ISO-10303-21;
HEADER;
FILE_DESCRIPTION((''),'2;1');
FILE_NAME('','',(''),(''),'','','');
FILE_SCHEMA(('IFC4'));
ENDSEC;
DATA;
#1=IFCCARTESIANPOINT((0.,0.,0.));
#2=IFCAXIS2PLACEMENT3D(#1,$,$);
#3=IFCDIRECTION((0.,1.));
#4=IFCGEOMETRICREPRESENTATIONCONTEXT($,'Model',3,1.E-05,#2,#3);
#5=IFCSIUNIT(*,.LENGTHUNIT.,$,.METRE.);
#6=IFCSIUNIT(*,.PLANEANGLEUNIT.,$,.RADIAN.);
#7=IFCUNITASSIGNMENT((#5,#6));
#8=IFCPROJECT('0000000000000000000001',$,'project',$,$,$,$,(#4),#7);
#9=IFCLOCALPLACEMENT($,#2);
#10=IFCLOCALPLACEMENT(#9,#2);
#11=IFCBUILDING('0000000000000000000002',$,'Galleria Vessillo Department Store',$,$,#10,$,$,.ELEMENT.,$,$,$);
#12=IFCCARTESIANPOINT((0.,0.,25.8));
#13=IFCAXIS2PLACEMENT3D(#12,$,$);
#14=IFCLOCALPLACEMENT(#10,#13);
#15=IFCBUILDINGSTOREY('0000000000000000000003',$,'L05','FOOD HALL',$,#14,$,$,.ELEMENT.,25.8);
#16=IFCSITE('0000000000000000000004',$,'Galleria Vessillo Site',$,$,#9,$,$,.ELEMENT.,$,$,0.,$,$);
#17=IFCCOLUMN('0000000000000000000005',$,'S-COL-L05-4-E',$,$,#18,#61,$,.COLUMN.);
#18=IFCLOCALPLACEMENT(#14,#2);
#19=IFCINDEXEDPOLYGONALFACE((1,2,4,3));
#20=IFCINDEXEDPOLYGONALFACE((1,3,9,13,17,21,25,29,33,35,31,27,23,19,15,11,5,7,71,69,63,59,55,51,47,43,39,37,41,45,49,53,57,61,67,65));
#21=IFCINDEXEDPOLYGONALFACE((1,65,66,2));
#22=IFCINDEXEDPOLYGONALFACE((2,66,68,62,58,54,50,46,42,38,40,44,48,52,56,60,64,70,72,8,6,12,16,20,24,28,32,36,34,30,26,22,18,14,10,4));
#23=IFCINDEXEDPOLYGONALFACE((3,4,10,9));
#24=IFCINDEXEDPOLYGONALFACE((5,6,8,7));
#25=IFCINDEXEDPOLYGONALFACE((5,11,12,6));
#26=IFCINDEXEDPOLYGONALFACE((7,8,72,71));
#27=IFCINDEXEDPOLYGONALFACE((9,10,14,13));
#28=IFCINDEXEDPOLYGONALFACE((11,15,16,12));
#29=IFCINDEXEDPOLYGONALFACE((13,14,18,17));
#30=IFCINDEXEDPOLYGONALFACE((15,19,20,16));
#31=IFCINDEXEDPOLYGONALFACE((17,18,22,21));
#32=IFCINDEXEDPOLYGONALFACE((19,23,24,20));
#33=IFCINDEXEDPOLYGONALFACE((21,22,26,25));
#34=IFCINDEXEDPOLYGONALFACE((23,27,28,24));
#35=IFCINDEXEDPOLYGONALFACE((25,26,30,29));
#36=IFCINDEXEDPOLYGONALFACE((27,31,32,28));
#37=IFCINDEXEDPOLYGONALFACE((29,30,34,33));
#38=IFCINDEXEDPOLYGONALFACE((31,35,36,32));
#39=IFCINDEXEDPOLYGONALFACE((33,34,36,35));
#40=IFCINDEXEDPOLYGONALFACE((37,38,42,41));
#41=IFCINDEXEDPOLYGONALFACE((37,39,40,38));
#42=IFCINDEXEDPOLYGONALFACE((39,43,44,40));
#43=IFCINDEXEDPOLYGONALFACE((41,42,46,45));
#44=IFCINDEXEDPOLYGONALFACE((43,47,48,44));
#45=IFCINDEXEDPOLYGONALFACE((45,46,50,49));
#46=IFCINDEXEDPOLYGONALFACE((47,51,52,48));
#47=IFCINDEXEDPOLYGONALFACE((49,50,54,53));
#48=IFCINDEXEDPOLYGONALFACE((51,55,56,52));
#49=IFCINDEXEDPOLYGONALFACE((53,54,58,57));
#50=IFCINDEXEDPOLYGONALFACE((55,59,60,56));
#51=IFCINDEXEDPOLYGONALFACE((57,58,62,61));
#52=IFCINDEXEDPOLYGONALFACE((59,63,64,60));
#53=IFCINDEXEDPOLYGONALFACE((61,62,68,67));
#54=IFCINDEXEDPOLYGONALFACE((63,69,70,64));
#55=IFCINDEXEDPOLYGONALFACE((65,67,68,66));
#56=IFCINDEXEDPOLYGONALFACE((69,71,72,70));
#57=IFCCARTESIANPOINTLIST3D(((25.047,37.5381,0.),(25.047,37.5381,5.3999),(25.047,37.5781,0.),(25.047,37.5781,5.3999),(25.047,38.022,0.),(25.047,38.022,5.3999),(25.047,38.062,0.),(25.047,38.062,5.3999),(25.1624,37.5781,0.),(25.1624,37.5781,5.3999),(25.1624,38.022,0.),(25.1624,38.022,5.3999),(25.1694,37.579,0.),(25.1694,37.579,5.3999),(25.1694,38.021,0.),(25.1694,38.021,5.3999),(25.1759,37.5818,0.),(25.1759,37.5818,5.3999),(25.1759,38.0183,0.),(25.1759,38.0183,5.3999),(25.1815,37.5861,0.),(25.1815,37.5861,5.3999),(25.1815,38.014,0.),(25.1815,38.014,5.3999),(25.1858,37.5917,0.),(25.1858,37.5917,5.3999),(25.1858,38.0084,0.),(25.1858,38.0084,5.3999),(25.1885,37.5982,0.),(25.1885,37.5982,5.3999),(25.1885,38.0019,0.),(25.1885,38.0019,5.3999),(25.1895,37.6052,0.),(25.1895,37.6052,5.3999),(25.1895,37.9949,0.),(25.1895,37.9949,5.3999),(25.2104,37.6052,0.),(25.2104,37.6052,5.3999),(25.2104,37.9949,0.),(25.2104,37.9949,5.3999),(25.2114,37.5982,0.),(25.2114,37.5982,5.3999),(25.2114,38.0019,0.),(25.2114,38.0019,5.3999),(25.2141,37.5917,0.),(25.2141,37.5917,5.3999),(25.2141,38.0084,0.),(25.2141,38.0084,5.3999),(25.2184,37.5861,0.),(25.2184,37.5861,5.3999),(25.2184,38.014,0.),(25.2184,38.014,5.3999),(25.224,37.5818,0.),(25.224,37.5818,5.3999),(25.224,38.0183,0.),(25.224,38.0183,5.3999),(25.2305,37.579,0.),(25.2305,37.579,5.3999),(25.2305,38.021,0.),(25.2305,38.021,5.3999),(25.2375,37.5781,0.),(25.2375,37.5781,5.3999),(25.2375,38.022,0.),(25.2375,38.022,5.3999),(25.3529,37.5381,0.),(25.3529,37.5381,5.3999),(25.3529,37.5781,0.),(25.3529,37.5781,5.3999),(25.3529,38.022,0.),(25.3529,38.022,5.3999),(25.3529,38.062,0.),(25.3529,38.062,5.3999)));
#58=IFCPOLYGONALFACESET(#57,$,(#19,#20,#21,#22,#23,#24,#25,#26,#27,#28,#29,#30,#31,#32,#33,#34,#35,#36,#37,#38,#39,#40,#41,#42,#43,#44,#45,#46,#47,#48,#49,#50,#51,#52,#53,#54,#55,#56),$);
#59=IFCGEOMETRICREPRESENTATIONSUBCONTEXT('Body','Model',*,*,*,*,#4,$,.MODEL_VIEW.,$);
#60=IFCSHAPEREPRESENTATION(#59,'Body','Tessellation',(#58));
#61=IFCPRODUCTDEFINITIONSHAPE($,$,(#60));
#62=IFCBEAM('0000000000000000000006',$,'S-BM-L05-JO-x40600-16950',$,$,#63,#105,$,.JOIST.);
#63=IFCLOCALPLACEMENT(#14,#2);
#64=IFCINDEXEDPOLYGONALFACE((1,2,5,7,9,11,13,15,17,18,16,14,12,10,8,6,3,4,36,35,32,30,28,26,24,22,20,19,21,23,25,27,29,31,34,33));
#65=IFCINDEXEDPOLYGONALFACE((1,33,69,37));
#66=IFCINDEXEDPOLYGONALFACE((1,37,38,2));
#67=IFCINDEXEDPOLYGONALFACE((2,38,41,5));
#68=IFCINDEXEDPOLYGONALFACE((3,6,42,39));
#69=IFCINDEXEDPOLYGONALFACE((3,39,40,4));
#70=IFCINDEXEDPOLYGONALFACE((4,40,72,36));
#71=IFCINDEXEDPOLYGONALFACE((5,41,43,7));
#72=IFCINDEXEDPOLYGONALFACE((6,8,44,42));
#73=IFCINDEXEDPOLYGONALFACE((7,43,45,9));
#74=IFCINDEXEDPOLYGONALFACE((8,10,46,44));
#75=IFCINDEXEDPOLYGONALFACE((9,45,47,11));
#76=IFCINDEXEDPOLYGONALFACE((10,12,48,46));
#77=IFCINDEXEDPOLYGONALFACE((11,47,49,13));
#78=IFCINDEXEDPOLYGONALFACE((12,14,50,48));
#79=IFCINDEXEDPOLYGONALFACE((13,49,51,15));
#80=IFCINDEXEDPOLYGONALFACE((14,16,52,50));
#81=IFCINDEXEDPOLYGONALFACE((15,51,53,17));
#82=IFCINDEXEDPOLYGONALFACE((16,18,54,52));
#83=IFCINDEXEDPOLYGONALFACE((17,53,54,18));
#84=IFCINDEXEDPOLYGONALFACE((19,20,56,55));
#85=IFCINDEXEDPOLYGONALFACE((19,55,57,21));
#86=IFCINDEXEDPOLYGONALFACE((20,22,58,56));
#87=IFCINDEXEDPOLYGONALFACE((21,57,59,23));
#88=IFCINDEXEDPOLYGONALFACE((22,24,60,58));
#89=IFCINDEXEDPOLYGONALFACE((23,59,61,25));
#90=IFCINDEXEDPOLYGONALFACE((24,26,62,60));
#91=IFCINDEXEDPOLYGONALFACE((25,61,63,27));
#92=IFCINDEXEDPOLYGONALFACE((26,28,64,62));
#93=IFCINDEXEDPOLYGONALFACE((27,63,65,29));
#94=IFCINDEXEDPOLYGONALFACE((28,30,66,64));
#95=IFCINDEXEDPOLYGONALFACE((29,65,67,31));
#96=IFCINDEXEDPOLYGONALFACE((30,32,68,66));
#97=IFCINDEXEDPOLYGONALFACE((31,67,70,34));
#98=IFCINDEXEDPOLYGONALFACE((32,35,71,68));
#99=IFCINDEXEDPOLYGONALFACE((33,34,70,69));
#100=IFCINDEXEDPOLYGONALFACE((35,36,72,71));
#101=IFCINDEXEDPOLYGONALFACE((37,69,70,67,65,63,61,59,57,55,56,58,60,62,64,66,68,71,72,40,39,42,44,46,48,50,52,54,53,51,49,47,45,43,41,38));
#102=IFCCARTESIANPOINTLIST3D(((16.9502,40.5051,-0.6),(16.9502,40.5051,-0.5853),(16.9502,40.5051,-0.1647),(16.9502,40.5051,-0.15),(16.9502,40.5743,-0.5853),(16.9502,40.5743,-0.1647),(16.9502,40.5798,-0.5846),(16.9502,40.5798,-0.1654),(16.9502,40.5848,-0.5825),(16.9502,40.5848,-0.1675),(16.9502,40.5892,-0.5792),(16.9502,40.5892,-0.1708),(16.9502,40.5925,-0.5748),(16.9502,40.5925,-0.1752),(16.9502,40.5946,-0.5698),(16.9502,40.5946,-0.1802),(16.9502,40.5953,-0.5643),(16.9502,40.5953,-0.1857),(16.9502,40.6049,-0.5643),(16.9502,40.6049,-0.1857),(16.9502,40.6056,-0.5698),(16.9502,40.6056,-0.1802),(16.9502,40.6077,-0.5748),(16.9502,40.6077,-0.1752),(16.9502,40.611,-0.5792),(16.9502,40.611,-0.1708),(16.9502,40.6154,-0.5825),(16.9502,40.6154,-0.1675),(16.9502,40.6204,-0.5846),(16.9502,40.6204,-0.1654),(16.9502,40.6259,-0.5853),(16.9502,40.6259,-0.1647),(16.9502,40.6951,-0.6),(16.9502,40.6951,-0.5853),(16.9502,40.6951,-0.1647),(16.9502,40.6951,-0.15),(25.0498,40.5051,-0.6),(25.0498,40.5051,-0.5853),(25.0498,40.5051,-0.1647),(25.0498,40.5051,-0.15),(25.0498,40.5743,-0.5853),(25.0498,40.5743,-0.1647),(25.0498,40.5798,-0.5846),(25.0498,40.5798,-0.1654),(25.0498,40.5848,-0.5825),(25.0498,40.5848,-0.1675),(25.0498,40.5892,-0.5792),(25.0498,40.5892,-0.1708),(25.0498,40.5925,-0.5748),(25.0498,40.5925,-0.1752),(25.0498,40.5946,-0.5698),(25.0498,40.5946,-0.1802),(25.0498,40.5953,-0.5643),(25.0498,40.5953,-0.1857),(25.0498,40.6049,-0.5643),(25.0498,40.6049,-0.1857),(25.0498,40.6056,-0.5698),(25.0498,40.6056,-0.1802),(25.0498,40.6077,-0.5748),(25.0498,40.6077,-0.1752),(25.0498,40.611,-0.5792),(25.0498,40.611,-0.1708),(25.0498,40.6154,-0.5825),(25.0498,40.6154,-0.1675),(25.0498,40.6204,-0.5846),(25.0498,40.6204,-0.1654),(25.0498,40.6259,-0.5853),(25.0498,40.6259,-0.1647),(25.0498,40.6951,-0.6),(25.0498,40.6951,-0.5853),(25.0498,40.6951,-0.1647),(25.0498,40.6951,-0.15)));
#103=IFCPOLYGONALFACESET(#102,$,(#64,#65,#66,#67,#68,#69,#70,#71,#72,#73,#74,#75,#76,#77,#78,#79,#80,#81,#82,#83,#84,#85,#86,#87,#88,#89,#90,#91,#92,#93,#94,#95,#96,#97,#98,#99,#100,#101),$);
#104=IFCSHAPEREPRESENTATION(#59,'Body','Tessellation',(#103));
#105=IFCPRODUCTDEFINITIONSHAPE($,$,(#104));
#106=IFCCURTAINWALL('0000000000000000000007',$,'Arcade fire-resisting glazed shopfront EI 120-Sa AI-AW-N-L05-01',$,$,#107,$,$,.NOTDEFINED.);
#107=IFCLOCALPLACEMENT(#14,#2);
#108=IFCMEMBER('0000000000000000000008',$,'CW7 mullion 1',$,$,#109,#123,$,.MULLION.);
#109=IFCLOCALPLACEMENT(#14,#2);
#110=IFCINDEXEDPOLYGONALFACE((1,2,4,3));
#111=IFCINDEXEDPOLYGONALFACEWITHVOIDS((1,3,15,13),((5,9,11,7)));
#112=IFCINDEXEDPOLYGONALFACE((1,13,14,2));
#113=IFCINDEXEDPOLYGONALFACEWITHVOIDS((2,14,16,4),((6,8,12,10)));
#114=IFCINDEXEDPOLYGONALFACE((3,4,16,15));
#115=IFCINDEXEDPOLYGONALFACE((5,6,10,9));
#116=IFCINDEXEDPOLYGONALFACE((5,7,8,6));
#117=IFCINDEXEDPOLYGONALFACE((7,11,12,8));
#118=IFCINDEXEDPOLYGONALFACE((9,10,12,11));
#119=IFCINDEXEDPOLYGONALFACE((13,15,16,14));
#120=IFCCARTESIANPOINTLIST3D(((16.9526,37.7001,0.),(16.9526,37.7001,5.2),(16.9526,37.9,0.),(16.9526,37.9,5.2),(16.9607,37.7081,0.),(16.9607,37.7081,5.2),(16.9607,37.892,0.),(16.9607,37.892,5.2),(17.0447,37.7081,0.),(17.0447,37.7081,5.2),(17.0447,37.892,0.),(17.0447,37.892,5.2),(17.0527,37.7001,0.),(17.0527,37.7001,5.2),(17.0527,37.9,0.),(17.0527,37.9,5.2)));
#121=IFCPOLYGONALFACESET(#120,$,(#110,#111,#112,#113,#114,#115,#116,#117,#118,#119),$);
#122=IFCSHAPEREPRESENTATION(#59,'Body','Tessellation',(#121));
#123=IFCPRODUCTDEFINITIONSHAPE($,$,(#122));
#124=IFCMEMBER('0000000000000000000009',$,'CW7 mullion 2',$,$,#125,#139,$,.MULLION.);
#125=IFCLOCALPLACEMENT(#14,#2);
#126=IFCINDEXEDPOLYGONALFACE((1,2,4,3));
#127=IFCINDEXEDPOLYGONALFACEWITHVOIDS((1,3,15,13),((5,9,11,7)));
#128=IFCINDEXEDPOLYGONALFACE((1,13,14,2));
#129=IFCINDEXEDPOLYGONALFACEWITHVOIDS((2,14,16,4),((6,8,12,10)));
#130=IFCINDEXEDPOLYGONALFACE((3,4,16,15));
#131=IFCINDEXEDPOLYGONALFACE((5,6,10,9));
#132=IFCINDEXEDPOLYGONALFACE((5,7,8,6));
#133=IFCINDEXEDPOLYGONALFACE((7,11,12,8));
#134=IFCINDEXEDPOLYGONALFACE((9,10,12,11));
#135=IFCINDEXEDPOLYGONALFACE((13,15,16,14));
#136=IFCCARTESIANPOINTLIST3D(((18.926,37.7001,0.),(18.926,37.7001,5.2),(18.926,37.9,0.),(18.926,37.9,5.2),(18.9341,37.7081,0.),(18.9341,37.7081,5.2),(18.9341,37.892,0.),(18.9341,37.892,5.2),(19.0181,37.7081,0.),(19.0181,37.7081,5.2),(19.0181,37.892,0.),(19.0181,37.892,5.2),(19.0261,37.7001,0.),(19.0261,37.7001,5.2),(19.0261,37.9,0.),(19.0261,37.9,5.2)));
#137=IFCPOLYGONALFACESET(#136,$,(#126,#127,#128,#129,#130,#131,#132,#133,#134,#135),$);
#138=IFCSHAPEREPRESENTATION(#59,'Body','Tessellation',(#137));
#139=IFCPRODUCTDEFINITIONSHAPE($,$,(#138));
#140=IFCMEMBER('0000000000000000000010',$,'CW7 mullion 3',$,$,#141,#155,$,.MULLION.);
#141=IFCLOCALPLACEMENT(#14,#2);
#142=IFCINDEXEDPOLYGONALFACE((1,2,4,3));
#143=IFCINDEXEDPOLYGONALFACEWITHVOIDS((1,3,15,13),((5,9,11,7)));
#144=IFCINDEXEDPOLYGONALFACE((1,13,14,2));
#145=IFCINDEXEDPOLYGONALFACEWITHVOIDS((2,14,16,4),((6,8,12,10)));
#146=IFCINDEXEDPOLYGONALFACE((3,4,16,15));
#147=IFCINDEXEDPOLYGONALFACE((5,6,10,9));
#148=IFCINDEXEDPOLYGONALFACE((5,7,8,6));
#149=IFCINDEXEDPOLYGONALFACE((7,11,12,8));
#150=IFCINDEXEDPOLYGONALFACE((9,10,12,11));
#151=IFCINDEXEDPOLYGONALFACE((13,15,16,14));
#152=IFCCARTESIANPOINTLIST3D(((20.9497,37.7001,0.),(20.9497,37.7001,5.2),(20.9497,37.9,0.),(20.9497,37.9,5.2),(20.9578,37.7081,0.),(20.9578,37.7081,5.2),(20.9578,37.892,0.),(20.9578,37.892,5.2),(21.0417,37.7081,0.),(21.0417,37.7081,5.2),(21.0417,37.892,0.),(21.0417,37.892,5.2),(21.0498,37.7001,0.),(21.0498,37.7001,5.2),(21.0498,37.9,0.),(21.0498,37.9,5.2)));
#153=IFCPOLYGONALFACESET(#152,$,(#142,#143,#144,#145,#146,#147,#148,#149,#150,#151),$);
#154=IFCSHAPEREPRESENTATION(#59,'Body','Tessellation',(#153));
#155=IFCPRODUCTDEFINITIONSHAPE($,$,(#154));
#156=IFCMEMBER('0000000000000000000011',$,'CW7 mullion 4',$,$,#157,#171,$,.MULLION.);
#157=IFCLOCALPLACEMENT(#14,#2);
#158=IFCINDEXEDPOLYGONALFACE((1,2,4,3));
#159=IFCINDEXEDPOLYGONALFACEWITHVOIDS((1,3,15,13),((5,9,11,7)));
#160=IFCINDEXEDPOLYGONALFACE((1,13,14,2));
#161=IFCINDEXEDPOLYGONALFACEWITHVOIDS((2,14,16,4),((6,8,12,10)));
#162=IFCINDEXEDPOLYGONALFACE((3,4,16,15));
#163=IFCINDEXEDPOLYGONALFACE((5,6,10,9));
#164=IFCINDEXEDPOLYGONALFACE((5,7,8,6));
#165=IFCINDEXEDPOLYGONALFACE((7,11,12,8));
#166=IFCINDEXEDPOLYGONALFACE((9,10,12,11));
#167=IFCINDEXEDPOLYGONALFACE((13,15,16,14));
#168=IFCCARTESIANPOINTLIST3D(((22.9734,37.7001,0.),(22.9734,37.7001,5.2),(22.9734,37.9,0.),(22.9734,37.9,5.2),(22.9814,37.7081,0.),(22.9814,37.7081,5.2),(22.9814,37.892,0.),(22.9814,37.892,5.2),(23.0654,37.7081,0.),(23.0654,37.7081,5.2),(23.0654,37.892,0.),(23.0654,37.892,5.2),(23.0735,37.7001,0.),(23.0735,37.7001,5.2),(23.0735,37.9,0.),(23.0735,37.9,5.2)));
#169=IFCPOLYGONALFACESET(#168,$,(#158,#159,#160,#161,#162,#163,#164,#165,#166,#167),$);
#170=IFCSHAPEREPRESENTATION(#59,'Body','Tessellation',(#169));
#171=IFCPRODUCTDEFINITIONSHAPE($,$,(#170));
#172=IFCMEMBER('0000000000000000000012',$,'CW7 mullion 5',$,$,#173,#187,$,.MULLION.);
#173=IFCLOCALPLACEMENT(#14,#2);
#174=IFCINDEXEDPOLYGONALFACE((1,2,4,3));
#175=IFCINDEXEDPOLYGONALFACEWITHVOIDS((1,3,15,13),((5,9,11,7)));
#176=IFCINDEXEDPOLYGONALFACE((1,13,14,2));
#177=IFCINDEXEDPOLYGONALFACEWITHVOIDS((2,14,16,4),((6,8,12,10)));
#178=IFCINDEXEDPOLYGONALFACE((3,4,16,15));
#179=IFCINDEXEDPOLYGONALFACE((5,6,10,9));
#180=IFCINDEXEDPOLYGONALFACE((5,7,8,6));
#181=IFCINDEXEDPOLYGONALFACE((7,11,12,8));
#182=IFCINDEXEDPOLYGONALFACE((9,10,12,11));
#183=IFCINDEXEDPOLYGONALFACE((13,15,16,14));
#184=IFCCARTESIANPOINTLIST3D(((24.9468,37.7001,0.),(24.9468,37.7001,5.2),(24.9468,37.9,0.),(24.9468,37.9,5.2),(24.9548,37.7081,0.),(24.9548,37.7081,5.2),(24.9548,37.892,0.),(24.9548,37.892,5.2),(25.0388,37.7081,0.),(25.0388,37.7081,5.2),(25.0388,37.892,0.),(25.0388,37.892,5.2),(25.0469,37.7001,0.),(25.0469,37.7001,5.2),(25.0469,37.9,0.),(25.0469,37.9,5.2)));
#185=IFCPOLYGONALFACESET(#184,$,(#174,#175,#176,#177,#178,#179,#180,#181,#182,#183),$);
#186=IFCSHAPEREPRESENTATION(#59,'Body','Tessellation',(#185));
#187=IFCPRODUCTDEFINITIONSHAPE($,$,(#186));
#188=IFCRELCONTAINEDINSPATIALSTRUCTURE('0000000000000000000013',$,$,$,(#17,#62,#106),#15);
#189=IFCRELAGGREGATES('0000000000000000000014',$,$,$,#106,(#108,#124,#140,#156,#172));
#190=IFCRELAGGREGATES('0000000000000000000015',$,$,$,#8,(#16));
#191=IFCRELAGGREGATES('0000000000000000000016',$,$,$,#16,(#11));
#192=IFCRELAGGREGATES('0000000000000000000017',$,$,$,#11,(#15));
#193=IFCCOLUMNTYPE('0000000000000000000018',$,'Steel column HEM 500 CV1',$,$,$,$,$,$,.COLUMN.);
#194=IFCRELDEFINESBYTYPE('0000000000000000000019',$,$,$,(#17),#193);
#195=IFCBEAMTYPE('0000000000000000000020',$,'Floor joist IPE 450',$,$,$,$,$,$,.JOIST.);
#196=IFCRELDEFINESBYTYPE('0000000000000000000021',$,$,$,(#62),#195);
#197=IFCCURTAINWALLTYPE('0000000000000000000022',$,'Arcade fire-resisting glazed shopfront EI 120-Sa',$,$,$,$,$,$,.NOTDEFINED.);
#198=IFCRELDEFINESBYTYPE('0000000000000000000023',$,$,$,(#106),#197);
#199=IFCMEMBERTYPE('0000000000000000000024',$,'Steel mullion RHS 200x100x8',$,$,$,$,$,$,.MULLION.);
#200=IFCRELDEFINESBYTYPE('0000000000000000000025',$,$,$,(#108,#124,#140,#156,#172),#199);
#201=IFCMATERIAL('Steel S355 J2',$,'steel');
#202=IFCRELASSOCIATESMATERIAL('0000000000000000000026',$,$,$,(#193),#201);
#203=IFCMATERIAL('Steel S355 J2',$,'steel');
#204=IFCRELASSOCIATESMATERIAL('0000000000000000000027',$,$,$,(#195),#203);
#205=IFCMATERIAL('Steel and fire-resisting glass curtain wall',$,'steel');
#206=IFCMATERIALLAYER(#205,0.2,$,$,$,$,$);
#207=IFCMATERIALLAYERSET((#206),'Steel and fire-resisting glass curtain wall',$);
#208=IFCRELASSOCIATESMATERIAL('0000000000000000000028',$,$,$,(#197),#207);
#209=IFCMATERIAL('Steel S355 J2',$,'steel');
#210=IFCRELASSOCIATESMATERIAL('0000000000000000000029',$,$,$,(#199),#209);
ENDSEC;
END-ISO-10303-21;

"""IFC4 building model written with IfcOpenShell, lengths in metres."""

from ifc_helpers import new_model, si_unit, direction, frame, origin, origin_2d, place, context, subcontext, project, spatial, hollow_rectangle, i_section, extrude, material, layer, layer_set, material_profile, profile_set, type_object, element, aggregate, save


model = new_model("IFC4")

# Units and contexts
model_context = context("Model", 3, precision=1e-05, world=origin(), true_north=direction((0.0, 1.0)))
body_context = subcontext(model_context, "Body", "Model", "MODEL_VIEW")
ifc_project = project(units=[si_unit("LENGTHUNIT", "METRE"), si_unit("PLANEANGLEUNIT", "RADIAN")], contexts=[model_context])

# Site, building, storey
site_placement = place(None, origin())
site = spatial("IfcSite", under=ifc_project, at=site_placement, Name="Galleria Vessillo Site", CompositionType="ELEMENT", RefElevation=0.0)
building_placement = place(site_placement, origin())
building = spatial("IfcBuilding", under=site, at=building_placement, Name="Galleria Vessillo Department Store", CompositionType="ELEMENT")
storey_placement = place(building_placement, frame((0.0, 0.0, 25.8)))
storey = spatial("IfcBuildingStorey", under=building, at=storey_placement, Name="L05", Description="FOOD HALL", CompositionType="ELEMENT", Elevation=25.8)

# Column
ifc_material_1 = material(Name="Steel S355 J2", Category="steel")
ifc_material_profile_1 = material_profile(ifc_material_1, i_section(OverallWidth=0.3059, OverallDepth=0.5239, WebThickness=0.021, FlangeThickness=0.04, FilletRadius=0.0271, at=origin_2d()), Name="HEM 500")
ifc_profile_set_1 = profile_set([ifc_material_profile_1], Name="Steel S355 J2")
column_type = type_object("IfcColumnType", Name="Steel column HEM 500 CV1", PredefinedType="COLUMN", material=ifc_profile_set_1)
column_placement = place(storey_placement, frame((25.2, 37.8, 0.0), z_axis=(0.0, 0.0, 1.0), x_axis=(1.0, 0.0, 0.0)))
element("IfcColumn", 1, at=column_placement, inside=storey, type_object=column_type, Name="S-COL-L05-4-E", PredefinedType="COLUMN", context=body_context, shape_type="SweptSolid", body=[
    extrude(i_section(OverallWidth=0.3059, OverallDepth=0.5239, WebThickness=0.021, FlangeThickness=0.04, FilletRadius=0.0271, at=origin_2d()), origin(), (0.0, 0.0, 1.0), 5.3999),
])

# Beam
ifc_material_2 = material(Name="Steel S355 J2", Category="steel")
ifc_material_profile_2 = material_profile(ifc_material_2, i_section(OverallWidth=0.1899, OverallDepth=0.45, WebThickness=0.0095, FlangeThickness=0.0146, FilletRadius=0.021, at=origin_2d()), Name="IPE 450")
ifc_profile_set_2 = profile_set([ifc_material_profile_2], Name="Steel S355 J2")
beam_type = type_object("IfcBeamType", Name="Floor joist IPE 450", PredefinedType="JOIST", material=ifc_profile_set_2)
beam_placement = place(storey_placement, frame((16.9502, 40.6001, -0.375), z_axis=(1.0, 0.0, 0.0), x_axis=(0.0, 1.0, 0.0)))
element("IfcBeam", 2, at=beam_placement, inside=storey, type_object=beam_type, Name="S-BM-L05-JO-x40600-16950", PredefinedType="JOIST", context=body_context, shape_type="SweptSolid", body=[
    extrude(i_section(OverallWidth=0.1899, OverallDepth=0.45, WebThickness=0.0095, FlangeThickness=0.0146, FilletRadius=0.021, at=origin_2d()), origin(), (0.0, 0.0, 1.0), 8.0996),
])

# Curtain wall, members
ifc_material_3 = material(Name="Steel and fire-resisting glass curtain wall", Category="steel")
ifc_layer_1 = layer(ifc_material_3, 0.2)
ifc_layer_set_1 = layer_set([ifc_layer_1], Name="Steel and fire-resisting glass curtain wall")
curtain_wall_type = type_object("IfcCurtainWallType", Name="Arcade fire-resisting glazed shopfront EI 120-Sa", PredefinedType="NOTDEFINED", material=ifc_layer_set_1)
curtain_wall_placement = place(storey_placement, origin())
curtain_wall = element("IfcCurtainWall", 3, at=curtain_wall_placement, inside=storey, type_object=curtain_wall_type, Name="Arcade fire-resisting glazed shopfront EI 120-Sa AI-AW-N-L05-01", PredefinedType="NOTDEFINED")
ifc_material_4 = material(Name="Steel S355 J2", Category="steel")
ifc_material_profile_3 = material_profile(ifc_material_4, hollow_rectangle(XDim=0.2, YDim=0.1001, WallThickness=0.0081, at=origin_2d()), Name="RHS 200x100x8")
ifc_profile_set_3 = profile_set([ifc_material_profile_3], Name="Steel S355 J2")
member_type_1 = type_object("IfcMemberType", Name="Steel mullion RHS 200x100x8", PredefinedType="MULLION", material=ifc_profile_set_3)
member_1_placement = place(storey_placement, frame((17.0027, 37.8, 0.0), z_axis=(0.0, 0.0, 1.0), x_axis=(0.0, 1.0, 0.0)))
member_1 = element("IfcMember", 4, at=member_1_placement, type_object=member_type_1, Name="CW7 mullion 1", PredefinedType="MULLION", context=body_context, shape_type="SweptSolid", body=[
    extrude(hollow_rectangle(XDim=0.2, YDim=0.1001, WallThickness=0.0081, at=origin_2d()), origin(), (0.0, 0.0, 1.0), 5.2),
])
member_2_placement = place(storey_placement, frame((18.9761, 37.8, 0.0), z_axis=(0.0, 0.0, 1.0), x_axis=(0.0, 1.0, 0.0)))
member_2 = element("IfcMember", 5, at=member_2_placement, type_object=member_type_1, Name="CW7 mullion 2", PredefinedType="MULLION", context=body_context, shape_type="SweptSolid", body=[
    extrude(hollow_rectangle(XDim=0.2, YDim=0.1001, WallThickness=0.0081, at=origin_2d()), origin(), (0.0, 0.0, 1.0), 5.2),
])
member_3_placement = place(storey_placement, frame((20.9998, 37.8, 0.0), z_axis=(0.0, 0.0, 1.0), x_axis=(0.0, 1.0, 0.0)))
member_3 = element("IfcMember", 6, at=member_3_placement, type_object=member_type_1, Name="CW7 mullion 3", PredefinedType="MULLION", context=body_context, shape_type="SweptSolid", body=[
    extrude(hollow_rectangle(XDim=0.2, YDim=0.1001, WallThickness=0.0081, at=origin_2d()), origin(), (0.0, 0.0, 1.0), 5.2),
])
member_4_placement = place(storey_placement, frame((23.0234, 37.8, 0.0), z_axis=(0.0, 0.0, 1.0), x_axis=(0.0, 1.0, 0.0)))
member_4 = element("IfcMember", 7, at=member_4_placement, type_object=member_type_1, Name="CW7 mullion 4", PredefinedType="MULLION", context=body_context, shape_type="SweptSolid", body=[
    extrude(hollow_rectangle(XDim=0.2, YDim=0.1001, WallThickness=0.0081, at=origin_2d()), origin(), (0.0, 0.0, 1.0), 5.2),
])
member_5_placement = place(storey_placement, frame((24.9968, 37.8, 0.0), z_axis=(0.0, 0.0, 1.0), x_axis=(0.0, 1.0, 0.0)))
member_5 = element("IfcMember", 8, at=member_5_placement, type_object=member_type_1, Name="CW7 mullion 5", PredefinedType="MULLION", context=body_context, shape_type="SweptSolid", body=[
    extrude(hollow_rectangle(XDim=0.2, YDim=0.1001, WallThickness=0.0081, at=origin_2d()), origin(), (0.0, 0.0, 1.0), 5.2),
])
aggregate(curtain_wall, [member_1, member_2, member_3, member_4, member_5])

save(model, "model.ifc")
